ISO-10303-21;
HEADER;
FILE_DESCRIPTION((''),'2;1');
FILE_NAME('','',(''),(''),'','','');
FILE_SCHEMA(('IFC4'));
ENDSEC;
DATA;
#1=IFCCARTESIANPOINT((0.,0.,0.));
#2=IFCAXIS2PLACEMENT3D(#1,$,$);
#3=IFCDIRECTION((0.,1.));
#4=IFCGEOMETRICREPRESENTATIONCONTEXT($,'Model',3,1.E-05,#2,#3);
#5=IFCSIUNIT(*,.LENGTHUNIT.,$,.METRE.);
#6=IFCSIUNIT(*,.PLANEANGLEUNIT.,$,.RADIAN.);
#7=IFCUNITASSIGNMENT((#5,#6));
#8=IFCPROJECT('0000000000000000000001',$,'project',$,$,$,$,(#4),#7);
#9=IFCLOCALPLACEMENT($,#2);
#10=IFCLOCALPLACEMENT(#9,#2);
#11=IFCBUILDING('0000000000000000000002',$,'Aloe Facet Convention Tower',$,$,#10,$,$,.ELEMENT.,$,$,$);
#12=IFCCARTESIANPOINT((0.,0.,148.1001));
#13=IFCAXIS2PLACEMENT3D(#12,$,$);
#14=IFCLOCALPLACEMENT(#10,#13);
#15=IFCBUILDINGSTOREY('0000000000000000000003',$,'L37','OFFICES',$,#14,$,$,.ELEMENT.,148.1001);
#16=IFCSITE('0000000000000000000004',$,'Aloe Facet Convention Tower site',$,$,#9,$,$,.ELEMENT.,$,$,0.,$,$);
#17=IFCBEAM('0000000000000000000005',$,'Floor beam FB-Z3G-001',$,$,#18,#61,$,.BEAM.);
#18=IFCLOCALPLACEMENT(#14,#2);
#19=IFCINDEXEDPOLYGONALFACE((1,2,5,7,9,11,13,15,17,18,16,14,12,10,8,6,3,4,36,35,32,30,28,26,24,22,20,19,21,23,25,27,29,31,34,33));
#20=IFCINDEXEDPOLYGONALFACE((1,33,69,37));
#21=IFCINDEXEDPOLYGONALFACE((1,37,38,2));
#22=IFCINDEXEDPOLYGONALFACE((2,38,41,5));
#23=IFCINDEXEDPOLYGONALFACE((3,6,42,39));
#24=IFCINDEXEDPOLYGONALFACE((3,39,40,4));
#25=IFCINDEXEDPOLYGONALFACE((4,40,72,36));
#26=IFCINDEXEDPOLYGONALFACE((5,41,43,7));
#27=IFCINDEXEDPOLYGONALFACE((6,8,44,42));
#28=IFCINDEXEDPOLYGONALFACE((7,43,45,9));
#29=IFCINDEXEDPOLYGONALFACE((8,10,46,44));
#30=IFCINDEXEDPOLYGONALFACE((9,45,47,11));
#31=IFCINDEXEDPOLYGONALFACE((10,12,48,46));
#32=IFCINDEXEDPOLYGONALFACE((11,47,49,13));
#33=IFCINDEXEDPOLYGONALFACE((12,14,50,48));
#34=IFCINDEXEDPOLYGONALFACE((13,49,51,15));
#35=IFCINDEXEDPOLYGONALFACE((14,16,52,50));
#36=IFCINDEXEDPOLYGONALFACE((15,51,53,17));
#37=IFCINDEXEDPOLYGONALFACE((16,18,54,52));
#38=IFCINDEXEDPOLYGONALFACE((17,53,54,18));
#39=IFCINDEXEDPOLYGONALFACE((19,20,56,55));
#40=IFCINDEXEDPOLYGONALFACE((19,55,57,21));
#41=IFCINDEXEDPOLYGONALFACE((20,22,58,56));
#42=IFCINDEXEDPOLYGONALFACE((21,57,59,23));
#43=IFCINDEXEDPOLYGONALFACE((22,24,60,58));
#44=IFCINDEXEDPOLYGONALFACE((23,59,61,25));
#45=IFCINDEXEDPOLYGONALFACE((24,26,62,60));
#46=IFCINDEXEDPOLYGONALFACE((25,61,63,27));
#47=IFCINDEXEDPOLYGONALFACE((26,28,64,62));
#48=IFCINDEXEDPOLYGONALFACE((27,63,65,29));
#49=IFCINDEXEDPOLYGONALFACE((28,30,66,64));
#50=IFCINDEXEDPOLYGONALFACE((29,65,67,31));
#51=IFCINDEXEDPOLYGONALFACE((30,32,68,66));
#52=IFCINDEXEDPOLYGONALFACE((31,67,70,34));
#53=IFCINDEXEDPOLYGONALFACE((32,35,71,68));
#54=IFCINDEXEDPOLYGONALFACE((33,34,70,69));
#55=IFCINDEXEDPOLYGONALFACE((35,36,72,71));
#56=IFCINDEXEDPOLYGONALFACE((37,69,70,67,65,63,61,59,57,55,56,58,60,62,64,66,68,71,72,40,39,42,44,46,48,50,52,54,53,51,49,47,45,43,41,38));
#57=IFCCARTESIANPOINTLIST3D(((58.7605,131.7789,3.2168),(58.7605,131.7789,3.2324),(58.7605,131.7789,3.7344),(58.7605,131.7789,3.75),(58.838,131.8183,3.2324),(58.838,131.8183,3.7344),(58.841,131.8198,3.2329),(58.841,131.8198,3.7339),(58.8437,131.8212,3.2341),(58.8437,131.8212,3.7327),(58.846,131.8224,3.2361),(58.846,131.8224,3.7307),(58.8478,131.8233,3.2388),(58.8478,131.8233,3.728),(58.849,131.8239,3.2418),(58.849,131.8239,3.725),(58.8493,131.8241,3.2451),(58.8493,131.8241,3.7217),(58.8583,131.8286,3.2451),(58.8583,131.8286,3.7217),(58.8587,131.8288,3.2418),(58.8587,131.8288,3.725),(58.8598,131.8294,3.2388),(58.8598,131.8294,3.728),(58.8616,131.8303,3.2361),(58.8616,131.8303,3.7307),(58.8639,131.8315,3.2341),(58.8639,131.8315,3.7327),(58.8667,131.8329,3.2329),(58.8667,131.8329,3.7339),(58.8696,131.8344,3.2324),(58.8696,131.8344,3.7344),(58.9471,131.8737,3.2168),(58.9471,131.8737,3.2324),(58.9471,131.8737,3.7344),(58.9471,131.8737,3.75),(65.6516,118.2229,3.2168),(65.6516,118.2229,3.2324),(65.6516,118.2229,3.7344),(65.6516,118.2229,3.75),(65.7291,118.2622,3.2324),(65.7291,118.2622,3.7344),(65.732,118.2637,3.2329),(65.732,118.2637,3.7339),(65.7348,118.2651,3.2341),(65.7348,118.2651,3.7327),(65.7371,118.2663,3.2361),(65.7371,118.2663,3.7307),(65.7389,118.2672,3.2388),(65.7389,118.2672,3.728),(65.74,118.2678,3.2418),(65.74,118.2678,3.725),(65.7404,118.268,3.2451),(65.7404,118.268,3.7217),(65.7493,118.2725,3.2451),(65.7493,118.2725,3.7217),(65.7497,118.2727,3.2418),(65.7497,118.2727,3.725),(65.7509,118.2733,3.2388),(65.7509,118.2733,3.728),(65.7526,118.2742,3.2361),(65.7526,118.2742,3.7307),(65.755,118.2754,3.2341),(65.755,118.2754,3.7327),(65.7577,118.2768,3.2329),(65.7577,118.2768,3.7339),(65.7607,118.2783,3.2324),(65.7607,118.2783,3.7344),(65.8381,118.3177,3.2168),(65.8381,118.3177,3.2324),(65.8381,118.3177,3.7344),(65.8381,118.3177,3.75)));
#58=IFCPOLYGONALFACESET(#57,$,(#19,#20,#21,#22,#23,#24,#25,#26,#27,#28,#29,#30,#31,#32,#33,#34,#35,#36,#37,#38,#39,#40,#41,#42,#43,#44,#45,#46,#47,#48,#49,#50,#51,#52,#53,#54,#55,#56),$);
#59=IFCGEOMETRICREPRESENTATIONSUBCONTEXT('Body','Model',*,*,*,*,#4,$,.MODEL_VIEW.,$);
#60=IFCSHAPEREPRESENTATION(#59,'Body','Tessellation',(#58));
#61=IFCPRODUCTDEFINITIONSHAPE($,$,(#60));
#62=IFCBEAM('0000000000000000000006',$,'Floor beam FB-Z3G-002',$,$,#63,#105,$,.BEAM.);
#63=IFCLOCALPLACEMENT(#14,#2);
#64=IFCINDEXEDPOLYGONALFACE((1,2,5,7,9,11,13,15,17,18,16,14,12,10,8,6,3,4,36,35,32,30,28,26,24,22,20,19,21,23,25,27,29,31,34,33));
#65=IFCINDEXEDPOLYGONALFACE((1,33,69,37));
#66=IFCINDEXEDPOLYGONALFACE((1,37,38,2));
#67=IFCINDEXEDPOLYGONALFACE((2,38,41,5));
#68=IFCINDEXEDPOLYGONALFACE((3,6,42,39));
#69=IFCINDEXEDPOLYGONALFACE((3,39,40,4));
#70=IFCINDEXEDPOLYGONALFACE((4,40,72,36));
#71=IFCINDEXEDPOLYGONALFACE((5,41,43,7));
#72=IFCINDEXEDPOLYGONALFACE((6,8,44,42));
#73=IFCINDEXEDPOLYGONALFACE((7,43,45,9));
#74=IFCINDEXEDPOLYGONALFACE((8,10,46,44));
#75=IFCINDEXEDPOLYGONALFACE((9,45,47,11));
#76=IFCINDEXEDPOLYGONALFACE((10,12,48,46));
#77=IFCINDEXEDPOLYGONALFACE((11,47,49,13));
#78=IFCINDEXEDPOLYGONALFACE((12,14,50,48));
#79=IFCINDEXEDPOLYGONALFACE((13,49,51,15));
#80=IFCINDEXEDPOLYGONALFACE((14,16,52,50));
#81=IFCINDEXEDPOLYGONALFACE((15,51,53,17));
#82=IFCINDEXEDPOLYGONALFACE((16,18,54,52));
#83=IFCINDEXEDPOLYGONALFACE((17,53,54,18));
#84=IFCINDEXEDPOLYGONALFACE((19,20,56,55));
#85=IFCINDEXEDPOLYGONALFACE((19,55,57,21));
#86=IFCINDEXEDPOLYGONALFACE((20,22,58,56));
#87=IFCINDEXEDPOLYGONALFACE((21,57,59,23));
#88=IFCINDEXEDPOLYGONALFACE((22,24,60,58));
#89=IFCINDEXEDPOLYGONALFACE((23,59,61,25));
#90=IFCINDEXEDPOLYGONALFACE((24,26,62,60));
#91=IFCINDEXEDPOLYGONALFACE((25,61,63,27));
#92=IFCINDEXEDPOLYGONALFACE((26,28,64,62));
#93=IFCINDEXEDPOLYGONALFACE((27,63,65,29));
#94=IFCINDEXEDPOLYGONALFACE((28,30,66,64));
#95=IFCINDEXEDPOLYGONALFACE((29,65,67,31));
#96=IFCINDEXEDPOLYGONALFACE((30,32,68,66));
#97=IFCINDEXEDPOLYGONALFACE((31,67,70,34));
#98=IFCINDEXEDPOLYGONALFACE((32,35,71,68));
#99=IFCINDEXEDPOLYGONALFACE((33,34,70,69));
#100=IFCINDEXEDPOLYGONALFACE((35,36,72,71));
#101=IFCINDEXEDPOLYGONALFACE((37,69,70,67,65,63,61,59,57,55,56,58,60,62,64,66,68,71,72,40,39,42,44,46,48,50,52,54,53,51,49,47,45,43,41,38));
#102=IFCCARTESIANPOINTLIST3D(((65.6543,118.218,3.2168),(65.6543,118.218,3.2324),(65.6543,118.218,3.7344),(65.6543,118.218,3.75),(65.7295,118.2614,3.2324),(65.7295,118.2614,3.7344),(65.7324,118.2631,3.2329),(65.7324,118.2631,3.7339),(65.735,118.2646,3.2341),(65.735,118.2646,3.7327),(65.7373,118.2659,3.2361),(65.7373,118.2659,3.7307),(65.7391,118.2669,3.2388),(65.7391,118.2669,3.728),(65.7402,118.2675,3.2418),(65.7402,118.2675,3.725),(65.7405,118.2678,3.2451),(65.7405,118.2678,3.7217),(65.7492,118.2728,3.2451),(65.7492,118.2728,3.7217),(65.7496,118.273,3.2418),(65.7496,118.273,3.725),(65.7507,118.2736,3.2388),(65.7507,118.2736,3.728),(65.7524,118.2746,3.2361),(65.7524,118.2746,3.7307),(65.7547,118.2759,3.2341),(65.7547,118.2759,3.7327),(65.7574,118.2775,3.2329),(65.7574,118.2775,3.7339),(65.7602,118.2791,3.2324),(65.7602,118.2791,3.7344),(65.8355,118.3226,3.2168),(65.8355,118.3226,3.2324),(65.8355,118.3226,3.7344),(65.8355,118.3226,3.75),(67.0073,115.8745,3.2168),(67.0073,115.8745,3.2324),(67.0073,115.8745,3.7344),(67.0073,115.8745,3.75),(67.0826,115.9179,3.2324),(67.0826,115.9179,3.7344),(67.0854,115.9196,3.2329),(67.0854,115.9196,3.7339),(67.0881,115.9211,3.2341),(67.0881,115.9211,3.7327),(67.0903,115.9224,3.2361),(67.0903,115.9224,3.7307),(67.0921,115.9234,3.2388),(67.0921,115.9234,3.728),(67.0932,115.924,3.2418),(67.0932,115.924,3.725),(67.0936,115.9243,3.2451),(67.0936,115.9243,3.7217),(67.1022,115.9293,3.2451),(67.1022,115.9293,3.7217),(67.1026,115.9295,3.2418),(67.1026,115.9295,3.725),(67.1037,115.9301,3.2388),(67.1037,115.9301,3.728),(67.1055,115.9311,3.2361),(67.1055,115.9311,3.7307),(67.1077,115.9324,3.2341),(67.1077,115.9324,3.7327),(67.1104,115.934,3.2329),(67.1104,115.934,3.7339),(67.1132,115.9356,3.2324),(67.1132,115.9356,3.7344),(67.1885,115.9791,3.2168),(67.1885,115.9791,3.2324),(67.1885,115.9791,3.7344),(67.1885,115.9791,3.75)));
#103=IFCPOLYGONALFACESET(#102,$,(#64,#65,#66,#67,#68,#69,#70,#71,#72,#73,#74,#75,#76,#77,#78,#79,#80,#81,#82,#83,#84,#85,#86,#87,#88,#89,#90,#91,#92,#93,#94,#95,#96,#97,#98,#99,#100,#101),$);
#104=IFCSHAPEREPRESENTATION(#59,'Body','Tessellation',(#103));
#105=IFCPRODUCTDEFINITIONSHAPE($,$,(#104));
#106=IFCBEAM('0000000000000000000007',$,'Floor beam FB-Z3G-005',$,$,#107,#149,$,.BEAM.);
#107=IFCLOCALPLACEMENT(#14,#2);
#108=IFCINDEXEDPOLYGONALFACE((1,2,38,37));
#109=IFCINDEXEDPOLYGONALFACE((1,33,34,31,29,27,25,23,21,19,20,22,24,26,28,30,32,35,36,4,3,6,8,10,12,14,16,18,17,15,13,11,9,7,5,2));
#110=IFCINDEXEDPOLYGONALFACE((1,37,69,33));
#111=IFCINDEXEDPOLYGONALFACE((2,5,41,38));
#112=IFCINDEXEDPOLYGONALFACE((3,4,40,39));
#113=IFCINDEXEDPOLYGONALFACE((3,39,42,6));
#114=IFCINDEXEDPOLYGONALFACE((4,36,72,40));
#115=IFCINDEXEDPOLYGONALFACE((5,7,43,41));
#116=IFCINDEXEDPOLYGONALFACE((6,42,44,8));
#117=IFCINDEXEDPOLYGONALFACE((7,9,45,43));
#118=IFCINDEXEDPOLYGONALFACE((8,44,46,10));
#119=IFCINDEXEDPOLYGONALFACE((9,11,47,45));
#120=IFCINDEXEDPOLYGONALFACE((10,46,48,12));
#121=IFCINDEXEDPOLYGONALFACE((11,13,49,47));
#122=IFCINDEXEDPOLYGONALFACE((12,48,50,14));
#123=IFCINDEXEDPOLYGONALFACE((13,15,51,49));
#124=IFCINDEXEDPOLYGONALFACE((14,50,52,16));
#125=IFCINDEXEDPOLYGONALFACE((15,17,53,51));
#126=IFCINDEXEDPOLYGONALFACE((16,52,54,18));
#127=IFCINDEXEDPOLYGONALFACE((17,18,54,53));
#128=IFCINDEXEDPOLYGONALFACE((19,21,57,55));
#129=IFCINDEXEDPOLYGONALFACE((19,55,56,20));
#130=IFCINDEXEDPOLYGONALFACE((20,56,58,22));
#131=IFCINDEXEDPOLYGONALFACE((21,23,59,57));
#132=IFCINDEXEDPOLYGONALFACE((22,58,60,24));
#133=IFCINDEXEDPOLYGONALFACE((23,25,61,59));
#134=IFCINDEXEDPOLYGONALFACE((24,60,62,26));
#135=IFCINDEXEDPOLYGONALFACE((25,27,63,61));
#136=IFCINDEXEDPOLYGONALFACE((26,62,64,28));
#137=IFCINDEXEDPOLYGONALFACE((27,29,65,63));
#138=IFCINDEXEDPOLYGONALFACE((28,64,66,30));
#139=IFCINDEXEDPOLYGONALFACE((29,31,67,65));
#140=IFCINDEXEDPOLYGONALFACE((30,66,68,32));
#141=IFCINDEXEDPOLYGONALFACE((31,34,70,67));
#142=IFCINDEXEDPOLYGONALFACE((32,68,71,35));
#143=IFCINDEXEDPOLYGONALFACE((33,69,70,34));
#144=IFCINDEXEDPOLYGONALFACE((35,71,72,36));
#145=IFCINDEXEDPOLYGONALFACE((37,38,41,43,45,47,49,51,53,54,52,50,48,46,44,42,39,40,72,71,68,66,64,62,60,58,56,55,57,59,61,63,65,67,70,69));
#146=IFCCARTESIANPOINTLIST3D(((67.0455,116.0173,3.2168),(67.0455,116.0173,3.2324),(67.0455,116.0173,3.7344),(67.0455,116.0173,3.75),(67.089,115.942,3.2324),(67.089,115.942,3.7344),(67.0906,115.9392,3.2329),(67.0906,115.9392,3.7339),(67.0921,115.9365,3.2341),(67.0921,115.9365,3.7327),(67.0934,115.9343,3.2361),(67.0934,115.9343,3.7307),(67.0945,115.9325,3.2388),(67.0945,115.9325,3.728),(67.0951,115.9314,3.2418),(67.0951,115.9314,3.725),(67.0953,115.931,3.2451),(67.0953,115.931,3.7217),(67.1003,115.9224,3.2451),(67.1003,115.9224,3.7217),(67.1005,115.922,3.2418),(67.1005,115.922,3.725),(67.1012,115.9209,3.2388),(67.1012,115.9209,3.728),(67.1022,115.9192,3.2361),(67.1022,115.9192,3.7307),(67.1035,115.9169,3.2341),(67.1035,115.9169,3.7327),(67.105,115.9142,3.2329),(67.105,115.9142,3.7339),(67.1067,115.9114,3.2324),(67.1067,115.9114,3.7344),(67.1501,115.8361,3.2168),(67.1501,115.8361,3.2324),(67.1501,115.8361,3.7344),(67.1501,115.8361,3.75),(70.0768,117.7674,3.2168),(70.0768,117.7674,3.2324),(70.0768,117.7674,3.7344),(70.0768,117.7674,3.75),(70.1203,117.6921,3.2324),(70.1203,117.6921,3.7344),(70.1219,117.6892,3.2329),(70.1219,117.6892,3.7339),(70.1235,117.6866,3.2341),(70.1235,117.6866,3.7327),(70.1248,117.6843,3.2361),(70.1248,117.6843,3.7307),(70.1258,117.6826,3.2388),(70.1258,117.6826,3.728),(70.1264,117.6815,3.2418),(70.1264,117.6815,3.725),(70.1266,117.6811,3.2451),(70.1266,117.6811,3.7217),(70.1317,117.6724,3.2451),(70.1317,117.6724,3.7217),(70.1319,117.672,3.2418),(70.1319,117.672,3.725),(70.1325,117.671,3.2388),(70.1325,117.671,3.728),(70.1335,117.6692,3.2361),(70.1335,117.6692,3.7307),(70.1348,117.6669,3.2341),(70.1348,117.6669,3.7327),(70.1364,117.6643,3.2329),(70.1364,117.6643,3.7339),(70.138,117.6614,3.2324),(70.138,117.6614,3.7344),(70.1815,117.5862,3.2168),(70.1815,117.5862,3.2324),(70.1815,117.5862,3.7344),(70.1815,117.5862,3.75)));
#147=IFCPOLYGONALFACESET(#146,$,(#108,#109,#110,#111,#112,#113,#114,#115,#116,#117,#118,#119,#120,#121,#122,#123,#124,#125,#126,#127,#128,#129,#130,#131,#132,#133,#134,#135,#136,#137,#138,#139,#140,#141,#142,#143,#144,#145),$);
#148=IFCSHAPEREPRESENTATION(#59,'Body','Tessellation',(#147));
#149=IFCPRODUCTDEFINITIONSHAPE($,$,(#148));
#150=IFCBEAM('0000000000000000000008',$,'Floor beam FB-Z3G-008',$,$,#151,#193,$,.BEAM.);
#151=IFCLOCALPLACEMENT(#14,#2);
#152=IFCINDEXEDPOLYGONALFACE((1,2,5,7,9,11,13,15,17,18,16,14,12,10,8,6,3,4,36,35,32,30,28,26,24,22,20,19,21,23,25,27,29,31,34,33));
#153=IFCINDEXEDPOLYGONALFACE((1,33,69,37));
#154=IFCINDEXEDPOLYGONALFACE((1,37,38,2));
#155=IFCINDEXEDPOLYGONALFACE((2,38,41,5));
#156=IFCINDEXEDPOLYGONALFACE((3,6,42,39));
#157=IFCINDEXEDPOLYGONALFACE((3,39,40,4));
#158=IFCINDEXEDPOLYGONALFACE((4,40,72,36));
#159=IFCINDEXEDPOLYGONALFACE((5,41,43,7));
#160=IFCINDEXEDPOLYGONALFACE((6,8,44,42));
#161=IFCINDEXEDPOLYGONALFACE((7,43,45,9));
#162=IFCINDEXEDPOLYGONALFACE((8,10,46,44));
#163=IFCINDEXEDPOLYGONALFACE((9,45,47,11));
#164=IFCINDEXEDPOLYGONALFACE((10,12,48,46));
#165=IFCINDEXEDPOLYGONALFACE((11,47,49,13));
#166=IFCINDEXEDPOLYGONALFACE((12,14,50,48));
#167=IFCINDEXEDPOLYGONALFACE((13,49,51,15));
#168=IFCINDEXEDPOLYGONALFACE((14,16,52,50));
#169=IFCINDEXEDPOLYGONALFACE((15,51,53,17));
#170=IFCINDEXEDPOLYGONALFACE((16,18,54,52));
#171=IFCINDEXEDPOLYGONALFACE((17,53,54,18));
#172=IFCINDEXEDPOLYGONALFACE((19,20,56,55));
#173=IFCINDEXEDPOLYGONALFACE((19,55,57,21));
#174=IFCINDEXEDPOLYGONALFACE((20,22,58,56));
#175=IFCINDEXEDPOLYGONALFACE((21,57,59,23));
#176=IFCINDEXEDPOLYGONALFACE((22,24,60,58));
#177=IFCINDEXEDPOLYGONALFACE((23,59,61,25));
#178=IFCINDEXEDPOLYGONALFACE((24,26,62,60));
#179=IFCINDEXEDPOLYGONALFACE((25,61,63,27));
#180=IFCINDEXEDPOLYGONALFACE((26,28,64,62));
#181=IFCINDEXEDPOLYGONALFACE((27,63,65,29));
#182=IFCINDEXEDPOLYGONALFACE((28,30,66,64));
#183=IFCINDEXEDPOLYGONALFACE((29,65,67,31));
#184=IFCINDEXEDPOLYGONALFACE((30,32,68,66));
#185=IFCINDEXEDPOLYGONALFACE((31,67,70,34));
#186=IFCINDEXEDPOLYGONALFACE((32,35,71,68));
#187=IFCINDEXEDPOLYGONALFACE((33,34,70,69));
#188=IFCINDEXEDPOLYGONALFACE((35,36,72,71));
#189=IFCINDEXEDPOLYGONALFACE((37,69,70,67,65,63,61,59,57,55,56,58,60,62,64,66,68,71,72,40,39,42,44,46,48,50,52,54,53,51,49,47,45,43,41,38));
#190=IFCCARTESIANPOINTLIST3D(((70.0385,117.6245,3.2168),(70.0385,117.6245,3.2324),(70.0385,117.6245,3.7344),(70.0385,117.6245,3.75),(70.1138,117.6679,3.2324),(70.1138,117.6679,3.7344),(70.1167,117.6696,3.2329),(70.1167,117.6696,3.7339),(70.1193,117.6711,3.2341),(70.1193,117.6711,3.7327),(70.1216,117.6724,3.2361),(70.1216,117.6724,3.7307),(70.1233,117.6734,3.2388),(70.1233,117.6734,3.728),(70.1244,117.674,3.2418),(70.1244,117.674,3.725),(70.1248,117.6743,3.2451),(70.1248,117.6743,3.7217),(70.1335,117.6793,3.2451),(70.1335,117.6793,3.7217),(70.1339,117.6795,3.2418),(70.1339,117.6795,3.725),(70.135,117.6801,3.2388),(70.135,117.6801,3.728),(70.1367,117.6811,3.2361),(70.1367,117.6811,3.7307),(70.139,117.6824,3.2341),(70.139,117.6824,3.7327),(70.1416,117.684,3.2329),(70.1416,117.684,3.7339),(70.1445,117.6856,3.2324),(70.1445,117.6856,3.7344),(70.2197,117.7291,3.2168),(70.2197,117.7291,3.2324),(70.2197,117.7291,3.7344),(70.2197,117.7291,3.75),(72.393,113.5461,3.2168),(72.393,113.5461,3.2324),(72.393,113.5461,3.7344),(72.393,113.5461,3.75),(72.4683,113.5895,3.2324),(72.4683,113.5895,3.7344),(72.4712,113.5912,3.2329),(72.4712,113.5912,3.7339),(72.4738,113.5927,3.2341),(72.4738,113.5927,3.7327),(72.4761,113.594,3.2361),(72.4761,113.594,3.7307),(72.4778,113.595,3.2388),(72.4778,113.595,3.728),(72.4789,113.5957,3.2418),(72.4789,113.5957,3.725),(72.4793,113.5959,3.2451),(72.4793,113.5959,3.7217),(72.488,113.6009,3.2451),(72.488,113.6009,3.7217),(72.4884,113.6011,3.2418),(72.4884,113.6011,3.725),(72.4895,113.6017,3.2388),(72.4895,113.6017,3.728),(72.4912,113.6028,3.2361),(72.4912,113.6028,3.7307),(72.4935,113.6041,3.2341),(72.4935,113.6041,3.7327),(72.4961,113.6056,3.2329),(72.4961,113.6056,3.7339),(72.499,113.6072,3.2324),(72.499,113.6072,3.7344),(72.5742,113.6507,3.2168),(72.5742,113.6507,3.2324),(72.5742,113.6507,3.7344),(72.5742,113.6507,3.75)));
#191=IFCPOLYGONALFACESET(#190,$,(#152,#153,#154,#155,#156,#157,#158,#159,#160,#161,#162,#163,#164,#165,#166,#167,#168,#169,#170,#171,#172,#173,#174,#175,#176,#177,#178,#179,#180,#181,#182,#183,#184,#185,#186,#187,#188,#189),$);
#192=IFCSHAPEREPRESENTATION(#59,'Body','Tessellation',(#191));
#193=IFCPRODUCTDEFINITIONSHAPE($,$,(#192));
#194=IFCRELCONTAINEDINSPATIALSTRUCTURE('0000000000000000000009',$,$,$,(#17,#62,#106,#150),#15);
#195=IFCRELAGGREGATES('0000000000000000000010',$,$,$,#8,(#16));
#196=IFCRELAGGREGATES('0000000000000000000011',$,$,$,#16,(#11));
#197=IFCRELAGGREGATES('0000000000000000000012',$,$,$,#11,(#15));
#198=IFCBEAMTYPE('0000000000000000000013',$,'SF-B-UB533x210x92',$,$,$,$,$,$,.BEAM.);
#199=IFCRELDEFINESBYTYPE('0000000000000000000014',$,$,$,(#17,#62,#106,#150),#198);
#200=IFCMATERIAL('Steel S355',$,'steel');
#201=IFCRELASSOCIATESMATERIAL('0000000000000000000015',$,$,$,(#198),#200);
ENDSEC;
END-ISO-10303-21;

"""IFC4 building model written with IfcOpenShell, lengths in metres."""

from ifc_helpers import new_model, si_unit, direction, frame, origin, origin_2d, place, context, subcontext, project, spatial, i_section, extrude, material, material_profile, profile_set, type_object, element, save


model = new_model("IFC4")

# Units and contexts
model_context = context("Model", 3, precision=1e-05, world=origin(), true_north=direction((0.0, 1.0)))
body_context = subcontext(model_context, "Body", "Model", "MODEL_VIEW")
ifc_project = project(units=[si_unit("LENGTHUNIT", "METRE"), si_unit("PLANEANGLEUNIT", "RADIAN")], contexts=[model_context])

# Site, building, storey
site_placement = place(None, origin())
site = spatial("IfcSite", under=ifc_project, at=site_placement, Name="Aloe Facet Convention Tower site", CompositionType="ELEMENT", RefElevation=0.0)
building_placement = place(site_placement, origin())
building = spatial("IfcBuilding", under=site, at=building_placement, Name="Aloe Facet Convention Tower", CompositionType="ELEMENT")
storey_placement = place(building_placement, frame((0.0, 0.0, 148.1001)))
storey = spatial("IfcBuildingStorey", under=building, at=storey_placement, Name="L37", Description="OFFICES", CompositionType="ELEMENT", Elevation=148.1001)

# Beams
ifc_material_1 = material(Name="Steel S355", Category="steel")
ifc_material_profile_1 = material_profile(ifc_material_1, i_section(OverallWidth=0.2092, OverallDepth=0.5332, WebThickness=0.01, FlangeThickness=0.0156, FilletRadius=0.0127, at=origin_2d()), Name="UB 533x210x92")
ifc_profile_set_1 = profile_set([ifc_material_profile_1], Name="Steel S355")
beam_type_1 = type_object("IfcBeamType", Name="SF-B-UB533x210x92", PredefinedType="BEAM", material=ifc_profile_set_1)
beam_1_placement = place(storey_placement, frame((65.7449, 118.2703, 3.4834), z_axis=(-0.45315, 0.891434, 0.0), x_axis=(-0.891434, -0.45315, 0.0)))
element("IfcBeam", 1, at=beam_1_placement, inside=storey, type_object=beam_type_1, Name="Floor beam FB-Z3G-001", PredefinedType="BEAM", context=body_context, shape_type="SweptSolid", body=[
    extrude(i_section(OverallWidth=0.2092, OverallDepth=0.5332, WebThickness=0.01, FlangeThickness=0.0156, FilletRadius=0.0127, at=origin_2d()), origin(), (0.0, 0.0, 1.0), 15.207),
])
beam_2_placement = place(storey_placement, frame((67.0979, 115.9268, 3.4834), z_axis=(-0.500001, 0.866025, 0.0), x_axis=(-0.866025, -0.500001, 0.0)))
element("IfcBeam", 2, at=beam_2_placement, inside=storey, type_object=beam_type_1, Name="Floor beam FB-Z3G-002", PredefinedType="BEAM", context=body_context, shape_type="SweptSolid", body=[
    extrude(i_section(OverallWidth=0.2092, OverallDepth=0.5332, WebThickness=0.01, FlangeThickness=0.0156, FilletRadius=0.0127, at=origin_2d()), origin(), (0.0, 0.0, 1.0), 2.7061),
])
beam_3_placement = place(storey_placement, frame((70.1292, 117.6768, 3.4834), z_axis=(-0.866037, -0.49998, 0.0), x_axis=(0.49998, -0.866037, 0.0)))
element("IfcBeam", 3, at=beam_3_placement, inside=storey, type_object=beam_type_1, Name="Floor beam FB-Z3G-005", PredefinedType="BEAM", context=body_context, shape_type="SweptSolid", body=[
    extrude(i_section(OverallWidth=0.2092, OverallDepth=0.5332, WebThickness=0.01, FlangeThickness=0.0156, FilletRadius=0.0127, at=origin_2d()), origin(), (0.0, 0.0, 1.0), 3.5002),
])
beam_4_placement = place(storey_placement, frame((72.4836, 113.5984, 3.4834), z_axis=(-0.499975, 0.86604, 0.0), x_axis=(-0.86604, -0.499975, 0.0)))
element("IfcBeam", 4, at=beam_4_placement, inside=storey, type_object=beam_type_1, Name="Floor beam FB-Z3G-008", PredefinedType="BEAM", context=body_context, shape_type="SweptSolid", body=[
    extrude(i_section(OverallWidth=0.2092, OverallDepth=0.5332, WebThickness=0.01, FlangeThickness=0.0156, FilletRadius=0.0127, at=origin_2d()), origin(), (0.0, 0.0, 1.0), 4.7092),
])

save(model, "model.ifc")
